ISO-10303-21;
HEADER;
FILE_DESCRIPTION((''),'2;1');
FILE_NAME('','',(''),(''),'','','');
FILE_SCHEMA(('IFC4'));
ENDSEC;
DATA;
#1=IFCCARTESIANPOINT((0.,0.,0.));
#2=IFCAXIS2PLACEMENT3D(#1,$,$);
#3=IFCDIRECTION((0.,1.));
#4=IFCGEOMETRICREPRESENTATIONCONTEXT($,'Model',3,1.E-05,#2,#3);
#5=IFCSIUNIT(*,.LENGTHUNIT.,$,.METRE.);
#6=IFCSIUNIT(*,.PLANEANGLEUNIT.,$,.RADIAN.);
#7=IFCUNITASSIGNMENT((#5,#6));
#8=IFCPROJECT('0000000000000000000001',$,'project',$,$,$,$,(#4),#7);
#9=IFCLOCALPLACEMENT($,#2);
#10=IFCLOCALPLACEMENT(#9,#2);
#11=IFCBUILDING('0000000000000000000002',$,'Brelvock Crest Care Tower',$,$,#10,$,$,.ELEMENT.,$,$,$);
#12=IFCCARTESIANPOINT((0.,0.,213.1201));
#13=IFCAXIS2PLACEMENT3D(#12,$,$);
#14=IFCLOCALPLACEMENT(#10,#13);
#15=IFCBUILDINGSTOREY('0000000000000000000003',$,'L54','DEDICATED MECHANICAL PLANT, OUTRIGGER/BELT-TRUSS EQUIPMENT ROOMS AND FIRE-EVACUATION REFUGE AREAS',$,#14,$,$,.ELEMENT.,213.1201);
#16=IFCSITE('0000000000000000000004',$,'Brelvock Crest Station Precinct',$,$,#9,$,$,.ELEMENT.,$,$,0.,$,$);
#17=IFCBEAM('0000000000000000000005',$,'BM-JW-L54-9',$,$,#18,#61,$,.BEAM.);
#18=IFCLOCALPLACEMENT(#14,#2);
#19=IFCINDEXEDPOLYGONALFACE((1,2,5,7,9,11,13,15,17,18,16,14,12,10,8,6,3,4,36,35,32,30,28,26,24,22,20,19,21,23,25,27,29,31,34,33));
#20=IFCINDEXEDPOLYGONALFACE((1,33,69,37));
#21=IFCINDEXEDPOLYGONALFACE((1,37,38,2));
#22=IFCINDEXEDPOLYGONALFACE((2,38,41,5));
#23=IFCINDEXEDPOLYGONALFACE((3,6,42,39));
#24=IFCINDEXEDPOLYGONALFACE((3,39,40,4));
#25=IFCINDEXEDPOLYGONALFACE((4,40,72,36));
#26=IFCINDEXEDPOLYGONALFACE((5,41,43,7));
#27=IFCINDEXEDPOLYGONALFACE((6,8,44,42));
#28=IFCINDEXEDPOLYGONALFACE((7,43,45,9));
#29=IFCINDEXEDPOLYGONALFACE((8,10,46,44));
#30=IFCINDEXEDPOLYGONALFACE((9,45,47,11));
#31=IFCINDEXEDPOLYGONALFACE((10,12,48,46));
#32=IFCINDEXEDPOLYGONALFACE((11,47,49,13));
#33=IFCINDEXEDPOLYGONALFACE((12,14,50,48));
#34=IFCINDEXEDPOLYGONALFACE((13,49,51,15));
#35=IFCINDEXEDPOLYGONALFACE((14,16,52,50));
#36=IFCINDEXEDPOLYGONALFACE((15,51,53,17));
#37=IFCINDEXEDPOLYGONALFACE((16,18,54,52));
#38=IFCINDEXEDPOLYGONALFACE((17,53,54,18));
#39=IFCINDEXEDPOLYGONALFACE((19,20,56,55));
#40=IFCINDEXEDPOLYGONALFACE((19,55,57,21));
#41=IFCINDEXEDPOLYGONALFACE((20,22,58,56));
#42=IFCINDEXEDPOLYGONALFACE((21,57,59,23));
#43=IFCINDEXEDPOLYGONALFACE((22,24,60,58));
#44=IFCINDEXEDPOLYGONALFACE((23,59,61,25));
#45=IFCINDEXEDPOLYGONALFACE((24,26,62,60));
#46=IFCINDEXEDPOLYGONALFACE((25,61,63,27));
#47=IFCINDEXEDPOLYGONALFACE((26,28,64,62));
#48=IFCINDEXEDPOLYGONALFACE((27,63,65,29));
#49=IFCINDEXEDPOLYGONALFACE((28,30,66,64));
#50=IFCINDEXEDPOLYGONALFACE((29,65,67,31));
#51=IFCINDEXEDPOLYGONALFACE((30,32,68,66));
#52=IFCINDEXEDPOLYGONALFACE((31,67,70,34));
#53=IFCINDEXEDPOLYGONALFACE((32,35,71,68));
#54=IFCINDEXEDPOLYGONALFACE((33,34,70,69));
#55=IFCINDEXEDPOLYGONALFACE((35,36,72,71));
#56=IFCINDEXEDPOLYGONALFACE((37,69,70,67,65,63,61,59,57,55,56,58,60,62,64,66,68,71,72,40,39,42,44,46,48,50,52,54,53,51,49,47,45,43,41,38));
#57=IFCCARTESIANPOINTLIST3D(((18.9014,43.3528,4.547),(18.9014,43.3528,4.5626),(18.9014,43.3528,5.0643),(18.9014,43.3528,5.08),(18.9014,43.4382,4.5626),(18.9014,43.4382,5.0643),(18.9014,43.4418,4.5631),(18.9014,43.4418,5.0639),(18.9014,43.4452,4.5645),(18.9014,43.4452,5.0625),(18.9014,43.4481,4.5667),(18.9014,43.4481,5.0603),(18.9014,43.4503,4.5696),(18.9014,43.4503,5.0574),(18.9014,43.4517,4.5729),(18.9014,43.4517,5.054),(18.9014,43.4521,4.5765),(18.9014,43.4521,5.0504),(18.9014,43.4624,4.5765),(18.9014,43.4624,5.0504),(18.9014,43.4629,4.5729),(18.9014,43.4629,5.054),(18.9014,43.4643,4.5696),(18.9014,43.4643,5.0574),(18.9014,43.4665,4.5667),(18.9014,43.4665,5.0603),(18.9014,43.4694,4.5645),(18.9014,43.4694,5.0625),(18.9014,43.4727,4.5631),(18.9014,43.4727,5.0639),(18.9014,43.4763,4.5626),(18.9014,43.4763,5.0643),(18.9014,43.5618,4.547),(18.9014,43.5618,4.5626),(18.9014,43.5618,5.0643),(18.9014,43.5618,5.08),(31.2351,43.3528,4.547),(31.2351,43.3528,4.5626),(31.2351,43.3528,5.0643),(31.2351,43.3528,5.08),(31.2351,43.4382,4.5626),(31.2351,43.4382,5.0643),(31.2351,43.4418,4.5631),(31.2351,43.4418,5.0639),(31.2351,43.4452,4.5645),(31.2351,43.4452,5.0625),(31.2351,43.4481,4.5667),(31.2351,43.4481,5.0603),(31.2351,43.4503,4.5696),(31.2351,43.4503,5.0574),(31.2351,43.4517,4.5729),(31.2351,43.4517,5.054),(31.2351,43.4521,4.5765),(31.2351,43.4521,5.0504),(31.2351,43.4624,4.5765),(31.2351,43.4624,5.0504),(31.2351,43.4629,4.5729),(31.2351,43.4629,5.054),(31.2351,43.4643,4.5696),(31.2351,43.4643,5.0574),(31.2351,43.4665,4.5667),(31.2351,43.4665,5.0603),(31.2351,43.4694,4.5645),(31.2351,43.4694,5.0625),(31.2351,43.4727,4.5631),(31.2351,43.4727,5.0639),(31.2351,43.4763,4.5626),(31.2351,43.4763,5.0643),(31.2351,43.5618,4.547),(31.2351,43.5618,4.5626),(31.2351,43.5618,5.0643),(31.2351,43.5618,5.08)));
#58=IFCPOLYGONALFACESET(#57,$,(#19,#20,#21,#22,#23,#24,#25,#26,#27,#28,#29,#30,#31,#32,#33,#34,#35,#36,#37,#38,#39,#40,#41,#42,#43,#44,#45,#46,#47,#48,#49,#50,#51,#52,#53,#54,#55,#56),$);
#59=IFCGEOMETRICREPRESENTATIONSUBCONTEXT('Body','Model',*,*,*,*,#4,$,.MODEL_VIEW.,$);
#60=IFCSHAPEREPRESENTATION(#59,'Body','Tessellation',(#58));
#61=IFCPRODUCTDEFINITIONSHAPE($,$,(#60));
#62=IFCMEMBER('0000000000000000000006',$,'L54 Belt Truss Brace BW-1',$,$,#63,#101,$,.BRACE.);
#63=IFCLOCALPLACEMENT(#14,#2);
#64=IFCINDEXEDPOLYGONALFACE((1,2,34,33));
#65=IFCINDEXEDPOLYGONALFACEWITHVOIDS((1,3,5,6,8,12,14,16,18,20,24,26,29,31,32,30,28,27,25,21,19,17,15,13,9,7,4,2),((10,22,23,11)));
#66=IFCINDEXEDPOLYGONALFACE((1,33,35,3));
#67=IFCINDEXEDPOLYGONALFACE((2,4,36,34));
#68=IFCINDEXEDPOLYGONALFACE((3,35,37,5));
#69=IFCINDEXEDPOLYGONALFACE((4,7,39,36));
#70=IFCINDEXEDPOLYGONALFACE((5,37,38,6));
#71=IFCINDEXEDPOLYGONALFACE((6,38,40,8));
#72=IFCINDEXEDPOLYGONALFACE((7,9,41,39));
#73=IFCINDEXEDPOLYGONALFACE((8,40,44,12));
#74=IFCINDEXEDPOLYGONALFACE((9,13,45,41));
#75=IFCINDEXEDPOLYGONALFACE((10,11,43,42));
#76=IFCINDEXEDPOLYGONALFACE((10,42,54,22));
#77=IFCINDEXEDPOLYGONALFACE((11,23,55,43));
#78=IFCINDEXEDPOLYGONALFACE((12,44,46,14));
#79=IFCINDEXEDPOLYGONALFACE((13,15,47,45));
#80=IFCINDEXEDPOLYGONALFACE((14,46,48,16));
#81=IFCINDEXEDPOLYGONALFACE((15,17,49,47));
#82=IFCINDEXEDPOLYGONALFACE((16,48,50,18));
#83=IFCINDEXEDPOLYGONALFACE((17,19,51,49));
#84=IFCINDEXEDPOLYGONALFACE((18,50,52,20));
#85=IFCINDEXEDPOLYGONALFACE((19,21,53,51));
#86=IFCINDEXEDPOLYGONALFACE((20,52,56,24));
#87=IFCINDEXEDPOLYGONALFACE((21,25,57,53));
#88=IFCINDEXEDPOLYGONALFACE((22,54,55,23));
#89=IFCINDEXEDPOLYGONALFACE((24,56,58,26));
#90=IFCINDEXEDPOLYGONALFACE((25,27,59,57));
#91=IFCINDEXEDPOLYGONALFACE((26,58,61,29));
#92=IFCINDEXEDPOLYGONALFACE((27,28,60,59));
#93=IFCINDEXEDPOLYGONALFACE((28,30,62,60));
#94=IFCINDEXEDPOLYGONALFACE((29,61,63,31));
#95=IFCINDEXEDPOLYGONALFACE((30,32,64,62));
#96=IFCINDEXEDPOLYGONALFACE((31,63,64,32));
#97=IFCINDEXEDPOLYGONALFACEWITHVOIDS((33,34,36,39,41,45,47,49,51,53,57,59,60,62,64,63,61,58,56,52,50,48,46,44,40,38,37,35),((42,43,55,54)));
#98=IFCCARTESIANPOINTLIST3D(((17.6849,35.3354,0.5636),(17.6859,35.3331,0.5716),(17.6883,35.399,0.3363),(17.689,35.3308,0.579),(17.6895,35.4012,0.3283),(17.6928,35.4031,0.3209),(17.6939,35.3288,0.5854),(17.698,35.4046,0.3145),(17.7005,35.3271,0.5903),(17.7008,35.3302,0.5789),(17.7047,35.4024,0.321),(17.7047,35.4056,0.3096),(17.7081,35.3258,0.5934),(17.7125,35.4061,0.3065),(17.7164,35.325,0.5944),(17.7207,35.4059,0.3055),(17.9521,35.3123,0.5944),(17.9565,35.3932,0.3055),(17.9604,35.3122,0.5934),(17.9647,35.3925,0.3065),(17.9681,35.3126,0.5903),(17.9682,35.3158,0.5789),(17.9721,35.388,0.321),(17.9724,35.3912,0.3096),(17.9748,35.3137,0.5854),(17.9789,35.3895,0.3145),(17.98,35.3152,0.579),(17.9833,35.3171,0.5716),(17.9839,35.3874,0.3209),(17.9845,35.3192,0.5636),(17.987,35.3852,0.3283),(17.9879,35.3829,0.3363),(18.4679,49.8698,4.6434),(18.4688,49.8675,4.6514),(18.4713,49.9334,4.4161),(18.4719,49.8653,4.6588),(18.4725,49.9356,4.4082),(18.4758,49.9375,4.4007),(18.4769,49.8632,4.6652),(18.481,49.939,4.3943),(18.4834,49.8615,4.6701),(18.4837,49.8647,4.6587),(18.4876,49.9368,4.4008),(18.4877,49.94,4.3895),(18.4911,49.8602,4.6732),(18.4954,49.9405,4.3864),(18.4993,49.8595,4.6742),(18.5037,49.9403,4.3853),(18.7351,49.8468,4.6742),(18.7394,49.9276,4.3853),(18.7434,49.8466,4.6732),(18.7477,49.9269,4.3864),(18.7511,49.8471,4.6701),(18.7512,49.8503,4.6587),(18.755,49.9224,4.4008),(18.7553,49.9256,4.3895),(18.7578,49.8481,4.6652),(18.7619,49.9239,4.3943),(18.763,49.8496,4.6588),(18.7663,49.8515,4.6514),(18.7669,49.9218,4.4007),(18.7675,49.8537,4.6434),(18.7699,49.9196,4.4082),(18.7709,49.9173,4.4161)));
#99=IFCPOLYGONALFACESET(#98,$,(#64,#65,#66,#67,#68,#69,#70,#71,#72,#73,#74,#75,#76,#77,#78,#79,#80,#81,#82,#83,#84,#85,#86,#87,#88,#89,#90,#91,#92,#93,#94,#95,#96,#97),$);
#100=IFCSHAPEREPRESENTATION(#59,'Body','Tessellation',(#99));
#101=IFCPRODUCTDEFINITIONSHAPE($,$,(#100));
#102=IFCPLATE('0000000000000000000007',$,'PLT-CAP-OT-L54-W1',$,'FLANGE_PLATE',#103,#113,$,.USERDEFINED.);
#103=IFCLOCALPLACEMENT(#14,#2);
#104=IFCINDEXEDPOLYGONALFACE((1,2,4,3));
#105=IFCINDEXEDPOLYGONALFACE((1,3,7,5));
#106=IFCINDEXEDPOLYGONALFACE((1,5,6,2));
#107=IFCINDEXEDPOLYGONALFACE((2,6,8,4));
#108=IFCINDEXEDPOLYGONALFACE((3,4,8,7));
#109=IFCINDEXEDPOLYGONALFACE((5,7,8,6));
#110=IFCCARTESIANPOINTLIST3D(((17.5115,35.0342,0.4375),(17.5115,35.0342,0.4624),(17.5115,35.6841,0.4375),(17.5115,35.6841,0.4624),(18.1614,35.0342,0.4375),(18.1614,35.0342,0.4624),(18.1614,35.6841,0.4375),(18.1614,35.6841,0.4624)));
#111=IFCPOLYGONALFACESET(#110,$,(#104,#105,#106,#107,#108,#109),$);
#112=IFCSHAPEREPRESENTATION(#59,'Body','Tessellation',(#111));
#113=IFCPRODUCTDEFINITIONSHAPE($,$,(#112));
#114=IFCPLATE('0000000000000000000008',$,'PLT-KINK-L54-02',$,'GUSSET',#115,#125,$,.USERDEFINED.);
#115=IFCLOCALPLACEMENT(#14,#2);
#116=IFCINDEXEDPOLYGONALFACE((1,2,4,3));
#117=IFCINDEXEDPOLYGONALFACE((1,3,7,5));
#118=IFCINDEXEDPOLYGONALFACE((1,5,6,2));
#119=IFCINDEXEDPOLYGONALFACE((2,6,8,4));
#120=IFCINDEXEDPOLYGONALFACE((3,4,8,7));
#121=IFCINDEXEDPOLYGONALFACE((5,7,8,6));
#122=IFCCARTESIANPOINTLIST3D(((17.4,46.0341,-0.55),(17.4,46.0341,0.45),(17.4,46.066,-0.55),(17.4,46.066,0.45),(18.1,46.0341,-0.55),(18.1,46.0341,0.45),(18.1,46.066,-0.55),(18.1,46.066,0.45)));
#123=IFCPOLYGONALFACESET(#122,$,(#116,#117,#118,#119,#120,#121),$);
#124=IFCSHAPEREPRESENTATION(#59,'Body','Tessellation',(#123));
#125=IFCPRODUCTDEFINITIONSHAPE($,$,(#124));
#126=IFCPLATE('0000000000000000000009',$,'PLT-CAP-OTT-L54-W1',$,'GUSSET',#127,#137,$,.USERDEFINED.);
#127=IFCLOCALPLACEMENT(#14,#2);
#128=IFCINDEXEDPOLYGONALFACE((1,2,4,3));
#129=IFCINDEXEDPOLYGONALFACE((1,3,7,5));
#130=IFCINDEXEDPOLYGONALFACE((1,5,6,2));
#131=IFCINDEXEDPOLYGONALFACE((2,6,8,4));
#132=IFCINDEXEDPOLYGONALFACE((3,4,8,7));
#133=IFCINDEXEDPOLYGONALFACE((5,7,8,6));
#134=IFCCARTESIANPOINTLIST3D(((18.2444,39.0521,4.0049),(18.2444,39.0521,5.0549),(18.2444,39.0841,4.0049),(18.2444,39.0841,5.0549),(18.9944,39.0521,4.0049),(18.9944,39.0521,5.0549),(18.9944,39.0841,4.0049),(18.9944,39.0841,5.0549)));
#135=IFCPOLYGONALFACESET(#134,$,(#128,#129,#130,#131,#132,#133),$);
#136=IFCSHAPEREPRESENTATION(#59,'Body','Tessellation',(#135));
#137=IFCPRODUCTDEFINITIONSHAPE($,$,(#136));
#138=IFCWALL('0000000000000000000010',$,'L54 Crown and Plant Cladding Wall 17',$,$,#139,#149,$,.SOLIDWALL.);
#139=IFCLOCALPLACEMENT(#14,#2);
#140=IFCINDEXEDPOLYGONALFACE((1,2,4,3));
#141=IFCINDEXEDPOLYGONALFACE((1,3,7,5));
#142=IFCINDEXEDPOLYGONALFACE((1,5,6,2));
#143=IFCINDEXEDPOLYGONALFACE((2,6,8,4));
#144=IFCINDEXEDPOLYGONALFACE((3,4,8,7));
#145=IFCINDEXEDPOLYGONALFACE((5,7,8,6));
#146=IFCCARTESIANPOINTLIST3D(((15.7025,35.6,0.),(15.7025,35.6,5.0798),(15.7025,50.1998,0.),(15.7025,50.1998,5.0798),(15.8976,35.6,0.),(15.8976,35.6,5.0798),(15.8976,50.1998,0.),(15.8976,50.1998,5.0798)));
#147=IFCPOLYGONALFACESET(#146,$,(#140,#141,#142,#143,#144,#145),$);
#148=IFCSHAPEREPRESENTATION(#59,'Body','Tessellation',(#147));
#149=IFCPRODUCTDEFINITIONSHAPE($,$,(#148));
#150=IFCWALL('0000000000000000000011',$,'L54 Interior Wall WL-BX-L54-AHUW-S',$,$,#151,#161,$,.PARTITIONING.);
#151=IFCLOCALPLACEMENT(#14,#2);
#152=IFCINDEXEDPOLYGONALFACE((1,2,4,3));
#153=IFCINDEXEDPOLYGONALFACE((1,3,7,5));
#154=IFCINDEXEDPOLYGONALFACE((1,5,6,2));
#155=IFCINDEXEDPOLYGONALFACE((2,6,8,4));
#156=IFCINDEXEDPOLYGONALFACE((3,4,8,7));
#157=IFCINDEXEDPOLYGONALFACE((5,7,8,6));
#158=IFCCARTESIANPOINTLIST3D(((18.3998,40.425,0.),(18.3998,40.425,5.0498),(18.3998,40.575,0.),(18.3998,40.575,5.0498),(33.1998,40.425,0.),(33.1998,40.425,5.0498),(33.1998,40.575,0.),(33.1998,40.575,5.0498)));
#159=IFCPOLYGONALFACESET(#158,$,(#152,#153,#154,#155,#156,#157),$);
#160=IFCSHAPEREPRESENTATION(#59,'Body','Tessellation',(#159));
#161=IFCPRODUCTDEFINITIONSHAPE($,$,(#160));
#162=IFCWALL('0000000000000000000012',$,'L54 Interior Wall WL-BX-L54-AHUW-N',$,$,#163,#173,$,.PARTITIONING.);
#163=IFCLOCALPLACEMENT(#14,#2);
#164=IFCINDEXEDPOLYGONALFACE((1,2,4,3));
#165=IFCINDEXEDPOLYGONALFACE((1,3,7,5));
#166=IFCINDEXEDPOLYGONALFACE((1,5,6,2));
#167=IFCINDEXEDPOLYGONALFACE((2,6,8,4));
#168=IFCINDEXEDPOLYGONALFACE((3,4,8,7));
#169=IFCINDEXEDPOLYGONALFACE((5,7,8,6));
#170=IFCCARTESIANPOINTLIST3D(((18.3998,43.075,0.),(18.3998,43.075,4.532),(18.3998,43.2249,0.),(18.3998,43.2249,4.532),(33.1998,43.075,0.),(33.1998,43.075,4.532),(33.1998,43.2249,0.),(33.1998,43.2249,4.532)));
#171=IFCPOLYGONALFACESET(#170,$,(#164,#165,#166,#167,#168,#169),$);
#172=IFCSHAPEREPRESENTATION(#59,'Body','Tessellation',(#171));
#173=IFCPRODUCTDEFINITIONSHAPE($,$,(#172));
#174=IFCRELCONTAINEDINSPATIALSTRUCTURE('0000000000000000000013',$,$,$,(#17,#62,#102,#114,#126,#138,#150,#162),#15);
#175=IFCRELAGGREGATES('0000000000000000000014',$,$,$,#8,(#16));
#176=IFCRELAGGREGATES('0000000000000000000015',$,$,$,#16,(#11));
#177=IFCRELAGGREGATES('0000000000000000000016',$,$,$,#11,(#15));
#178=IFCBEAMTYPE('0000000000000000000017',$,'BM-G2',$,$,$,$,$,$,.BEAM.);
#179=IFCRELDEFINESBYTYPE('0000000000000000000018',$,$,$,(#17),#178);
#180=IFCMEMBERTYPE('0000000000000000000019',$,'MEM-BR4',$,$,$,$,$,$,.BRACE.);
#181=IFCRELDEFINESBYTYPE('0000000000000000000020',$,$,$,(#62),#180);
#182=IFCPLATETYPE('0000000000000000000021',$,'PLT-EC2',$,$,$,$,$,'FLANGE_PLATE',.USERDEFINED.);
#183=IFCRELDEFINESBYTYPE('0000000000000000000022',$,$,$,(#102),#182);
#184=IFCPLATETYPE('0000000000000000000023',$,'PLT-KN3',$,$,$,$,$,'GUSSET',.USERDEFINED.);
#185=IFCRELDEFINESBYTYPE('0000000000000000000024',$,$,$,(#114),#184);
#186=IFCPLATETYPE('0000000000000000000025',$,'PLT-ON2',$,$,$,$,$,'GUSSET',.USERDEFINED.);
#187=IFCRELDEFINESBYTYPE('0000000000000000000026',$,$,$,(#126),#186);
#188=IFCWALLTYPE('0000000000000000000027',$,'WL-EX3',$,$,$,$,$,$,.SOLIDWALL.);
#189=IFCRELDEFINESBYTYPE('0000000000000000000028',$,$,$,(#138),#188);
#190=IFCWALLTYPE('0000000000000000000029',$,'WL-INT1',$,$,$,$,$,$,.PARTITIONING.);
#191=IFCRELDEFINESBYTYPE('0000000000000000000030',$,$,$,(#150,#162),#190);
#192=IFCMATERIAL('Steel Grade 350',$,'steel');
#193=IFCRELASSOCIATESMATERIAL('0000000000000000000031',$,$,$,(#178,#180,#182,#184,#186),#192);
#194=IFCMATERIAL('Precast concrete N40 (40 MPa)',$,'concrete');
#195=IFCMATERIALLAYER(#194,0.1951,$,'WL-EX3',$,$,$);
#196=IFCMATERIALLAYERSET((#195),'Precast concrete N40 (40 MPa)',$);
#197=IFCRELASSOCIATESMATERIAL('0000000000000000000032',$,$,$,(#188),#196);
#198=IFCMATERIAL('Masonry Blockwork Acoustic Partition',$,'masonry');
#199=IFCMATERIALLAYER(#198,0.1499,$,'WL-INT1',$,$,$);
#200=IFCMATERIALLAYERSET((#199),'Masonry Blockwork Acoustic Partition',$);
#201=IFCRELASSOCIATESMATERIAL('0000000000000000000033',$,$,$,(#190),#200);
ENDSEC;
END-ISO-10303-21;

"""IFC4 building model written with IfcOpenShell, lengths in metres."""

from ifc_helpers import new_model, si_unit, direction, frame, frame_2d, origin, origin_2d, place, context, subcontext, project, spatial, rectangle, hollow_rectangle, i_section, extrude, source, transform, mapped, material, layer, layer_set, material_profile, profile_set, type_object, element, save


model = new_model("IFC4")

# Units and contexts
model_context = context("Model", 3, precision=1e-05, world=origin(), true_north=direction((0.0, 1.0)))
body_context = subcontext(model_context, "Body", "Model", "MODEL_VIEW")
ifc_project = project(units=[si_unit("LENGTHUNIT", "METRE"), si_unit("PLANEANGLEUNIT", "RADIAN")], contexts=[model_context])

# Site, building, storey
site_placement = place(None, origin())
site = spatial("IfcSite", under=ifc_project, at=site_placement, Name="Brelvock Crest Station Precinct", CompositionType="ELEMENT", RefElevation=0.0)
building_placement = place(site_placement, origin())
building = spatial("IfcBuilding", under=site, at=building_placement, Name="Brelvock Crest Care Tower", CompositionType="ELEMENT")
storey_placement = place(building_placement, frame((0.0, 0.0, 213.1201)))
storey = spatial("IfcBuildingStorey", under=building, at=storey_placement, Name="L54", Description="DEDICATED MECHANICAL PLANT, OUTRIGGER/BELT-TRUSS EQUIPMENT ROOMS AND FIRE-EVACUATION REFUGE AREAS", CompositionType="ELEMENT", Elevation=213.1201)

# Shared definitions
ifc_material_1 = material(Name="Steel Grade 350", Category="steel")

# Beam
ifc_material_profile_1 = material_profile(ifc_material_1, i_section(OverallWidth=0.209, OverallDepth=0.533, WebThickness=0.0103, FlangeThickness=0.0156, FilletRadius=0.0139, at=origin_2d()), Name="530UB92.4")
ifc_profile_set_1 = profile_set([ifc_material_profile_1], Name="Steel Grade 350")
beam_type_1 = type_object("IfcBeamType", Name="BM-G2", PredefinedType="BEAM", material=ifc_profile_set_1)
shared_shape_1 = source(origin(), body_context, "Body", "SweptSolid", [
    extrude(i_section(OverallWidth=0.209, OverallDepth=0.533, WebThickness=0.0103, FlangeThickness=0.0156, FilletRadius=0.0139, at=origin_2d()), origin(), (0.0, 0.0, 1.0), 12.3337),
])
for number, where, z_axis, x_axis, name in (
    (1, (18.9014, 43.4573, 4.8135), (1.0, 0.0, 0.0), (0.0, 1.0, 0.0), "BM-JW-L54-9"),
):
    element("IfcBeam", number, at=place(storey_placement, frame(where, z_axis=z_axis, x_axis=x_axis)), inside=storey, type_object=beam_type_1, Name=name, PredefinedType="BEAM", context=body_context, shape_type="MappedRepresentation", body=[
        mapped(shared_shape_1, transform((0.0, 0.0, 0.0), x_axis=(1.0, 0.0, 0.0), y_axis=(0.0, 1.0, 0.0), z_axis=(0.0, 0.0, 1.0), scale=1.0)),
    ])

# Member
ifc_material_profile_2 = material_profile(ifc_material_1, hollow_rectangle(XDim=0.3, YDim=0.3, WallThickness=0.0161, OuterFilletRadius=0.032, at=origin_2d()), Name="SHS300x300x16.0")
ifc_profile_set_2 = profile_set([ifc_material_profile_2], Name="Steel Grade 350")
member_type = type_object("IfcMemberType", Name="MEM-BR4", PredefinedType="BRACE", material=ifc_profile_set_2)
shared_shape_2 = source(origin(), body_context, "Body", "SweptSolid", [
    extrude(hollow_rectangle(XDim=0.3, YDim=0.3, WallThickness=0.0161, OuterFilletRadius=0.032, at=origin_2d()), origin(), (0.0, 0.0, 1.0), 15.1165),
])
member_placement = place(storey_placement, frame((17.8364, 35.3591, 0.45), z_axis=(0.051795, 0.961496, 0.269893), x_axis=(-0.998552, 0.053791, 0.0)))
element("IfcMember", 2, at=member_placement, inside=storey, type_object=member_type, Name="L54 Belt Truss Brace BW-1", PredefinedType="BRACE", context=body_context, shape_type="MappedRepresentation", body=[
    mapped(shared_shape_2, transform((0.0, 0.0, 0.0), x_axis=(1.0, 0.0, 0.0), y_axis=(0.0, 1.0, 0.0), z_axis=(0.0, 0.0, 1.0), scale=1.0)),
])

# Plates
plate_type_1 = type_object("IfcPlateType", Name="PLT-EC2", ElementType="FLANGE_PLATE", PredefinedType="USERDEFINED", material=ifc_material_1)
shared_shape_3 = source(origin(), body_context, "Body", "SweptSolid", [
    extrude(rectangle(XDim=0.6499, YDim=0.6499, at=origin_2d()), origin(), (0.0, 0.0, 1.0), 0.0249),
])
plate_1_placement = place(storey_placement, frame((17.8364, 35.3591, 0.4375), z_axis=(0.0, 0.0, 1.0), x_axis=(1.0, 0.0, 0.0)))
element("IfcPlate", 3, at=plate_1_placement, inside=storey, type_object=plate_type_1, Name="PLT-CAP-OT-L54-W1", ObjectType="FLANGE_PLATE", PredefinedType="USERDEFINED", context=body_context, shape_type="MappedRepresentation", body=[
    mapped(shared_shape_3, transform((0.0, 0.0, 0.0), x_axis=(1.0, 0.0, 0.0), y_axis=(0.0, 1.0, 0.0), z_axis=(0.0, 0.0, 1.0), scale=1.0)),
])
plate_type_2 = type_object("IfcPlateType", Name="PLT-KN3", ElementType="GUSSET", PredefinedType="USERDEFINED", material=ifc_material_1)
shared_shape_4 = source(origin(), body_context, "Body", "SweptSolid", [
    extrude(rectangle(XDim=0.7, YDim=0.032, at=origin_2d()), origin(), (0.0, 0.0, 1.0), 1.0),
])
plate_2_placement = place(storey_placement, frame((17.75, 46.05, -0.55), z_axis=(0.0, 0.0, 1.0), x_axis=(1.0, 0.0, 0.0)))
element("IfcPlate", 4, at=plate_2_placement, inside=storey, type_object=plate_type_2, Name="PLT-KINK-L54-02", ObjectType="GUSSET", PredefinedType="USERDEFINED", context=body_context, shape_type="MappedRepresentation", body=[
    mapped(shared_shape_4, transform((0.0, 0.0, 0.0), x_axis=(1.0, 0.0, 0.0), y_axis=(0.0, 1.0, 0.0), z_axis=(0.0, 0.0, 1.0), scale=1.0)),
])
plate_type_3 = type_object("IfcPlateType", Name="PLT-ON2", ElementType="GUSSET", PredefinedType="USERDEFINED", material=ifc_material_1)
shared_shape_5 = source(origin(), body_context, "Body", "SweptSolid", [
    extrude(rectangle(XDim=0.75, YDim=0.032, at=origin_2d()), origin(), (0.0, 0.0, 1.0), 1.05),
])
plate_3_placement = place(storey_placement, frame((18.6194, 39.0681, 4.0049), z_axis=(0.0, 0.0, 1.0), x_axis=(1.0, 0.0, 0.0)))
element("IfcPlate", 5, at=plate_3_placement, inside=storey, type_object=plate_type_3, Name="PLT-CAP-OTT-L54-W1", ObjectType="GUSSET", PredefinedType="USERDEFINED", context=body_context, shape_type="MappedRepresentation", body=[
    mapped(shared_shape_5, transform((0.0, 0.0, 0.0), x_axis=(1.0, 0.0, 0.0), y_axis=(0.0, 1.0, 0.0), z_axis=(0.0, 0.0, 1.0), scale=1.0)),
])

# Walls
ifc_material_2 = material(Name="Precast concrete N40 (40 MPa)", Category="concrete")
ifc_layer_1 = layer(ifc_material_2, 0.1951, Name="WL-EX3")
ifc_layer_set_1 = layer_set([ifc_layer_1], Name="Precast concrete N40 (40 MPa)")
wall_type_1 = type_object("IfcWallType", Name="WL-EX3", PredefinedType="SOLIDWALL", material=ifc_layer_set_1)
wall_1_placement = place(storey_placement, frame((15.8, 35.6001, 0.0), z_axis=(0.0, 0.0, 1.0), x_axis=(0.0, 1.0, 0.0)))
element("IfcWall", 6, at=wall_1_placement, inside=storey, type_object=wall_type_1, Name="L54 Crown and Plant Cladding Wall 17", PredefinedType="SOLIDWALL", context=body_context, shape_type="SweptSolid", body=[
    extrude(rectangle(XDim=14.5999, YDim=0.1951, at=frame_2d((7.2998, 0.0))), origin(), (0.0, 0.0, 1.0), 5.0798),
])
ifc_material_3 = material(Name="Masonry Blockwork Acoustic Partition", Category="masonry")
ifc_layer_2 = layer(ifc_material_3, 0.1499, Name="WL-INT1")
ifc_layer_set_2 = layer_set([ifc_layer_2], Name="Masonry Blockwork Acoustic Partition")
wall_type_2 = type_object("IfcWallType", Name="WL-INT1", PredefinedType="PARTITIONING", material=ifc_layer_set_2)
wall_2_placement = place(storey_placement, frame((18.3999, 40.5, 0.0), z_axis=(0.0, 0.0, 1.0), x_axis=(1.0, 0.0, 0.0)))
element("IfcWall", 7, at=wall_2_placement, inside=storey, type_object=wall_type_2, Name="L54 Interior Wall WL-BX-L54-AHUW-S", PredefinedType="PARTITIONING", context=body_context, shape_type="SweptSolid", body=[
    extrude(rectangle(XDim=14.8, YDim=0.1499, at=frame_2d((7.3999, 0.0))), origin(), (0.0, 0.0, 1.0), 5.0498),
])
for number, where, z_axis, x_axis, name in (
    (8, (18.3999, 43.1499, 0.0), (0.0, 0.0, 1.0), (1.0, 0.0, 0.0), "L54 Interior Wall WL-BX-L54-AHUW-N"),
):
    element("IfcWall", number, at=place(storey_placement, frame(where, z_axis=z_axis, x_axis=x_axis)), inside=storey, type_object=wall_type_2, Name=name, PredefinedType="PARTITIONING", context=body_context, shape_type="SweptSolid", body=[
        extrude(rectangle(XDim=14.8, YDim=0.1499, at=frame_2d((7.3999, 0.0))), origin(), (0.0, 0.0, 1.0), 4.532),
    ])

save(model, "model.ifc")
